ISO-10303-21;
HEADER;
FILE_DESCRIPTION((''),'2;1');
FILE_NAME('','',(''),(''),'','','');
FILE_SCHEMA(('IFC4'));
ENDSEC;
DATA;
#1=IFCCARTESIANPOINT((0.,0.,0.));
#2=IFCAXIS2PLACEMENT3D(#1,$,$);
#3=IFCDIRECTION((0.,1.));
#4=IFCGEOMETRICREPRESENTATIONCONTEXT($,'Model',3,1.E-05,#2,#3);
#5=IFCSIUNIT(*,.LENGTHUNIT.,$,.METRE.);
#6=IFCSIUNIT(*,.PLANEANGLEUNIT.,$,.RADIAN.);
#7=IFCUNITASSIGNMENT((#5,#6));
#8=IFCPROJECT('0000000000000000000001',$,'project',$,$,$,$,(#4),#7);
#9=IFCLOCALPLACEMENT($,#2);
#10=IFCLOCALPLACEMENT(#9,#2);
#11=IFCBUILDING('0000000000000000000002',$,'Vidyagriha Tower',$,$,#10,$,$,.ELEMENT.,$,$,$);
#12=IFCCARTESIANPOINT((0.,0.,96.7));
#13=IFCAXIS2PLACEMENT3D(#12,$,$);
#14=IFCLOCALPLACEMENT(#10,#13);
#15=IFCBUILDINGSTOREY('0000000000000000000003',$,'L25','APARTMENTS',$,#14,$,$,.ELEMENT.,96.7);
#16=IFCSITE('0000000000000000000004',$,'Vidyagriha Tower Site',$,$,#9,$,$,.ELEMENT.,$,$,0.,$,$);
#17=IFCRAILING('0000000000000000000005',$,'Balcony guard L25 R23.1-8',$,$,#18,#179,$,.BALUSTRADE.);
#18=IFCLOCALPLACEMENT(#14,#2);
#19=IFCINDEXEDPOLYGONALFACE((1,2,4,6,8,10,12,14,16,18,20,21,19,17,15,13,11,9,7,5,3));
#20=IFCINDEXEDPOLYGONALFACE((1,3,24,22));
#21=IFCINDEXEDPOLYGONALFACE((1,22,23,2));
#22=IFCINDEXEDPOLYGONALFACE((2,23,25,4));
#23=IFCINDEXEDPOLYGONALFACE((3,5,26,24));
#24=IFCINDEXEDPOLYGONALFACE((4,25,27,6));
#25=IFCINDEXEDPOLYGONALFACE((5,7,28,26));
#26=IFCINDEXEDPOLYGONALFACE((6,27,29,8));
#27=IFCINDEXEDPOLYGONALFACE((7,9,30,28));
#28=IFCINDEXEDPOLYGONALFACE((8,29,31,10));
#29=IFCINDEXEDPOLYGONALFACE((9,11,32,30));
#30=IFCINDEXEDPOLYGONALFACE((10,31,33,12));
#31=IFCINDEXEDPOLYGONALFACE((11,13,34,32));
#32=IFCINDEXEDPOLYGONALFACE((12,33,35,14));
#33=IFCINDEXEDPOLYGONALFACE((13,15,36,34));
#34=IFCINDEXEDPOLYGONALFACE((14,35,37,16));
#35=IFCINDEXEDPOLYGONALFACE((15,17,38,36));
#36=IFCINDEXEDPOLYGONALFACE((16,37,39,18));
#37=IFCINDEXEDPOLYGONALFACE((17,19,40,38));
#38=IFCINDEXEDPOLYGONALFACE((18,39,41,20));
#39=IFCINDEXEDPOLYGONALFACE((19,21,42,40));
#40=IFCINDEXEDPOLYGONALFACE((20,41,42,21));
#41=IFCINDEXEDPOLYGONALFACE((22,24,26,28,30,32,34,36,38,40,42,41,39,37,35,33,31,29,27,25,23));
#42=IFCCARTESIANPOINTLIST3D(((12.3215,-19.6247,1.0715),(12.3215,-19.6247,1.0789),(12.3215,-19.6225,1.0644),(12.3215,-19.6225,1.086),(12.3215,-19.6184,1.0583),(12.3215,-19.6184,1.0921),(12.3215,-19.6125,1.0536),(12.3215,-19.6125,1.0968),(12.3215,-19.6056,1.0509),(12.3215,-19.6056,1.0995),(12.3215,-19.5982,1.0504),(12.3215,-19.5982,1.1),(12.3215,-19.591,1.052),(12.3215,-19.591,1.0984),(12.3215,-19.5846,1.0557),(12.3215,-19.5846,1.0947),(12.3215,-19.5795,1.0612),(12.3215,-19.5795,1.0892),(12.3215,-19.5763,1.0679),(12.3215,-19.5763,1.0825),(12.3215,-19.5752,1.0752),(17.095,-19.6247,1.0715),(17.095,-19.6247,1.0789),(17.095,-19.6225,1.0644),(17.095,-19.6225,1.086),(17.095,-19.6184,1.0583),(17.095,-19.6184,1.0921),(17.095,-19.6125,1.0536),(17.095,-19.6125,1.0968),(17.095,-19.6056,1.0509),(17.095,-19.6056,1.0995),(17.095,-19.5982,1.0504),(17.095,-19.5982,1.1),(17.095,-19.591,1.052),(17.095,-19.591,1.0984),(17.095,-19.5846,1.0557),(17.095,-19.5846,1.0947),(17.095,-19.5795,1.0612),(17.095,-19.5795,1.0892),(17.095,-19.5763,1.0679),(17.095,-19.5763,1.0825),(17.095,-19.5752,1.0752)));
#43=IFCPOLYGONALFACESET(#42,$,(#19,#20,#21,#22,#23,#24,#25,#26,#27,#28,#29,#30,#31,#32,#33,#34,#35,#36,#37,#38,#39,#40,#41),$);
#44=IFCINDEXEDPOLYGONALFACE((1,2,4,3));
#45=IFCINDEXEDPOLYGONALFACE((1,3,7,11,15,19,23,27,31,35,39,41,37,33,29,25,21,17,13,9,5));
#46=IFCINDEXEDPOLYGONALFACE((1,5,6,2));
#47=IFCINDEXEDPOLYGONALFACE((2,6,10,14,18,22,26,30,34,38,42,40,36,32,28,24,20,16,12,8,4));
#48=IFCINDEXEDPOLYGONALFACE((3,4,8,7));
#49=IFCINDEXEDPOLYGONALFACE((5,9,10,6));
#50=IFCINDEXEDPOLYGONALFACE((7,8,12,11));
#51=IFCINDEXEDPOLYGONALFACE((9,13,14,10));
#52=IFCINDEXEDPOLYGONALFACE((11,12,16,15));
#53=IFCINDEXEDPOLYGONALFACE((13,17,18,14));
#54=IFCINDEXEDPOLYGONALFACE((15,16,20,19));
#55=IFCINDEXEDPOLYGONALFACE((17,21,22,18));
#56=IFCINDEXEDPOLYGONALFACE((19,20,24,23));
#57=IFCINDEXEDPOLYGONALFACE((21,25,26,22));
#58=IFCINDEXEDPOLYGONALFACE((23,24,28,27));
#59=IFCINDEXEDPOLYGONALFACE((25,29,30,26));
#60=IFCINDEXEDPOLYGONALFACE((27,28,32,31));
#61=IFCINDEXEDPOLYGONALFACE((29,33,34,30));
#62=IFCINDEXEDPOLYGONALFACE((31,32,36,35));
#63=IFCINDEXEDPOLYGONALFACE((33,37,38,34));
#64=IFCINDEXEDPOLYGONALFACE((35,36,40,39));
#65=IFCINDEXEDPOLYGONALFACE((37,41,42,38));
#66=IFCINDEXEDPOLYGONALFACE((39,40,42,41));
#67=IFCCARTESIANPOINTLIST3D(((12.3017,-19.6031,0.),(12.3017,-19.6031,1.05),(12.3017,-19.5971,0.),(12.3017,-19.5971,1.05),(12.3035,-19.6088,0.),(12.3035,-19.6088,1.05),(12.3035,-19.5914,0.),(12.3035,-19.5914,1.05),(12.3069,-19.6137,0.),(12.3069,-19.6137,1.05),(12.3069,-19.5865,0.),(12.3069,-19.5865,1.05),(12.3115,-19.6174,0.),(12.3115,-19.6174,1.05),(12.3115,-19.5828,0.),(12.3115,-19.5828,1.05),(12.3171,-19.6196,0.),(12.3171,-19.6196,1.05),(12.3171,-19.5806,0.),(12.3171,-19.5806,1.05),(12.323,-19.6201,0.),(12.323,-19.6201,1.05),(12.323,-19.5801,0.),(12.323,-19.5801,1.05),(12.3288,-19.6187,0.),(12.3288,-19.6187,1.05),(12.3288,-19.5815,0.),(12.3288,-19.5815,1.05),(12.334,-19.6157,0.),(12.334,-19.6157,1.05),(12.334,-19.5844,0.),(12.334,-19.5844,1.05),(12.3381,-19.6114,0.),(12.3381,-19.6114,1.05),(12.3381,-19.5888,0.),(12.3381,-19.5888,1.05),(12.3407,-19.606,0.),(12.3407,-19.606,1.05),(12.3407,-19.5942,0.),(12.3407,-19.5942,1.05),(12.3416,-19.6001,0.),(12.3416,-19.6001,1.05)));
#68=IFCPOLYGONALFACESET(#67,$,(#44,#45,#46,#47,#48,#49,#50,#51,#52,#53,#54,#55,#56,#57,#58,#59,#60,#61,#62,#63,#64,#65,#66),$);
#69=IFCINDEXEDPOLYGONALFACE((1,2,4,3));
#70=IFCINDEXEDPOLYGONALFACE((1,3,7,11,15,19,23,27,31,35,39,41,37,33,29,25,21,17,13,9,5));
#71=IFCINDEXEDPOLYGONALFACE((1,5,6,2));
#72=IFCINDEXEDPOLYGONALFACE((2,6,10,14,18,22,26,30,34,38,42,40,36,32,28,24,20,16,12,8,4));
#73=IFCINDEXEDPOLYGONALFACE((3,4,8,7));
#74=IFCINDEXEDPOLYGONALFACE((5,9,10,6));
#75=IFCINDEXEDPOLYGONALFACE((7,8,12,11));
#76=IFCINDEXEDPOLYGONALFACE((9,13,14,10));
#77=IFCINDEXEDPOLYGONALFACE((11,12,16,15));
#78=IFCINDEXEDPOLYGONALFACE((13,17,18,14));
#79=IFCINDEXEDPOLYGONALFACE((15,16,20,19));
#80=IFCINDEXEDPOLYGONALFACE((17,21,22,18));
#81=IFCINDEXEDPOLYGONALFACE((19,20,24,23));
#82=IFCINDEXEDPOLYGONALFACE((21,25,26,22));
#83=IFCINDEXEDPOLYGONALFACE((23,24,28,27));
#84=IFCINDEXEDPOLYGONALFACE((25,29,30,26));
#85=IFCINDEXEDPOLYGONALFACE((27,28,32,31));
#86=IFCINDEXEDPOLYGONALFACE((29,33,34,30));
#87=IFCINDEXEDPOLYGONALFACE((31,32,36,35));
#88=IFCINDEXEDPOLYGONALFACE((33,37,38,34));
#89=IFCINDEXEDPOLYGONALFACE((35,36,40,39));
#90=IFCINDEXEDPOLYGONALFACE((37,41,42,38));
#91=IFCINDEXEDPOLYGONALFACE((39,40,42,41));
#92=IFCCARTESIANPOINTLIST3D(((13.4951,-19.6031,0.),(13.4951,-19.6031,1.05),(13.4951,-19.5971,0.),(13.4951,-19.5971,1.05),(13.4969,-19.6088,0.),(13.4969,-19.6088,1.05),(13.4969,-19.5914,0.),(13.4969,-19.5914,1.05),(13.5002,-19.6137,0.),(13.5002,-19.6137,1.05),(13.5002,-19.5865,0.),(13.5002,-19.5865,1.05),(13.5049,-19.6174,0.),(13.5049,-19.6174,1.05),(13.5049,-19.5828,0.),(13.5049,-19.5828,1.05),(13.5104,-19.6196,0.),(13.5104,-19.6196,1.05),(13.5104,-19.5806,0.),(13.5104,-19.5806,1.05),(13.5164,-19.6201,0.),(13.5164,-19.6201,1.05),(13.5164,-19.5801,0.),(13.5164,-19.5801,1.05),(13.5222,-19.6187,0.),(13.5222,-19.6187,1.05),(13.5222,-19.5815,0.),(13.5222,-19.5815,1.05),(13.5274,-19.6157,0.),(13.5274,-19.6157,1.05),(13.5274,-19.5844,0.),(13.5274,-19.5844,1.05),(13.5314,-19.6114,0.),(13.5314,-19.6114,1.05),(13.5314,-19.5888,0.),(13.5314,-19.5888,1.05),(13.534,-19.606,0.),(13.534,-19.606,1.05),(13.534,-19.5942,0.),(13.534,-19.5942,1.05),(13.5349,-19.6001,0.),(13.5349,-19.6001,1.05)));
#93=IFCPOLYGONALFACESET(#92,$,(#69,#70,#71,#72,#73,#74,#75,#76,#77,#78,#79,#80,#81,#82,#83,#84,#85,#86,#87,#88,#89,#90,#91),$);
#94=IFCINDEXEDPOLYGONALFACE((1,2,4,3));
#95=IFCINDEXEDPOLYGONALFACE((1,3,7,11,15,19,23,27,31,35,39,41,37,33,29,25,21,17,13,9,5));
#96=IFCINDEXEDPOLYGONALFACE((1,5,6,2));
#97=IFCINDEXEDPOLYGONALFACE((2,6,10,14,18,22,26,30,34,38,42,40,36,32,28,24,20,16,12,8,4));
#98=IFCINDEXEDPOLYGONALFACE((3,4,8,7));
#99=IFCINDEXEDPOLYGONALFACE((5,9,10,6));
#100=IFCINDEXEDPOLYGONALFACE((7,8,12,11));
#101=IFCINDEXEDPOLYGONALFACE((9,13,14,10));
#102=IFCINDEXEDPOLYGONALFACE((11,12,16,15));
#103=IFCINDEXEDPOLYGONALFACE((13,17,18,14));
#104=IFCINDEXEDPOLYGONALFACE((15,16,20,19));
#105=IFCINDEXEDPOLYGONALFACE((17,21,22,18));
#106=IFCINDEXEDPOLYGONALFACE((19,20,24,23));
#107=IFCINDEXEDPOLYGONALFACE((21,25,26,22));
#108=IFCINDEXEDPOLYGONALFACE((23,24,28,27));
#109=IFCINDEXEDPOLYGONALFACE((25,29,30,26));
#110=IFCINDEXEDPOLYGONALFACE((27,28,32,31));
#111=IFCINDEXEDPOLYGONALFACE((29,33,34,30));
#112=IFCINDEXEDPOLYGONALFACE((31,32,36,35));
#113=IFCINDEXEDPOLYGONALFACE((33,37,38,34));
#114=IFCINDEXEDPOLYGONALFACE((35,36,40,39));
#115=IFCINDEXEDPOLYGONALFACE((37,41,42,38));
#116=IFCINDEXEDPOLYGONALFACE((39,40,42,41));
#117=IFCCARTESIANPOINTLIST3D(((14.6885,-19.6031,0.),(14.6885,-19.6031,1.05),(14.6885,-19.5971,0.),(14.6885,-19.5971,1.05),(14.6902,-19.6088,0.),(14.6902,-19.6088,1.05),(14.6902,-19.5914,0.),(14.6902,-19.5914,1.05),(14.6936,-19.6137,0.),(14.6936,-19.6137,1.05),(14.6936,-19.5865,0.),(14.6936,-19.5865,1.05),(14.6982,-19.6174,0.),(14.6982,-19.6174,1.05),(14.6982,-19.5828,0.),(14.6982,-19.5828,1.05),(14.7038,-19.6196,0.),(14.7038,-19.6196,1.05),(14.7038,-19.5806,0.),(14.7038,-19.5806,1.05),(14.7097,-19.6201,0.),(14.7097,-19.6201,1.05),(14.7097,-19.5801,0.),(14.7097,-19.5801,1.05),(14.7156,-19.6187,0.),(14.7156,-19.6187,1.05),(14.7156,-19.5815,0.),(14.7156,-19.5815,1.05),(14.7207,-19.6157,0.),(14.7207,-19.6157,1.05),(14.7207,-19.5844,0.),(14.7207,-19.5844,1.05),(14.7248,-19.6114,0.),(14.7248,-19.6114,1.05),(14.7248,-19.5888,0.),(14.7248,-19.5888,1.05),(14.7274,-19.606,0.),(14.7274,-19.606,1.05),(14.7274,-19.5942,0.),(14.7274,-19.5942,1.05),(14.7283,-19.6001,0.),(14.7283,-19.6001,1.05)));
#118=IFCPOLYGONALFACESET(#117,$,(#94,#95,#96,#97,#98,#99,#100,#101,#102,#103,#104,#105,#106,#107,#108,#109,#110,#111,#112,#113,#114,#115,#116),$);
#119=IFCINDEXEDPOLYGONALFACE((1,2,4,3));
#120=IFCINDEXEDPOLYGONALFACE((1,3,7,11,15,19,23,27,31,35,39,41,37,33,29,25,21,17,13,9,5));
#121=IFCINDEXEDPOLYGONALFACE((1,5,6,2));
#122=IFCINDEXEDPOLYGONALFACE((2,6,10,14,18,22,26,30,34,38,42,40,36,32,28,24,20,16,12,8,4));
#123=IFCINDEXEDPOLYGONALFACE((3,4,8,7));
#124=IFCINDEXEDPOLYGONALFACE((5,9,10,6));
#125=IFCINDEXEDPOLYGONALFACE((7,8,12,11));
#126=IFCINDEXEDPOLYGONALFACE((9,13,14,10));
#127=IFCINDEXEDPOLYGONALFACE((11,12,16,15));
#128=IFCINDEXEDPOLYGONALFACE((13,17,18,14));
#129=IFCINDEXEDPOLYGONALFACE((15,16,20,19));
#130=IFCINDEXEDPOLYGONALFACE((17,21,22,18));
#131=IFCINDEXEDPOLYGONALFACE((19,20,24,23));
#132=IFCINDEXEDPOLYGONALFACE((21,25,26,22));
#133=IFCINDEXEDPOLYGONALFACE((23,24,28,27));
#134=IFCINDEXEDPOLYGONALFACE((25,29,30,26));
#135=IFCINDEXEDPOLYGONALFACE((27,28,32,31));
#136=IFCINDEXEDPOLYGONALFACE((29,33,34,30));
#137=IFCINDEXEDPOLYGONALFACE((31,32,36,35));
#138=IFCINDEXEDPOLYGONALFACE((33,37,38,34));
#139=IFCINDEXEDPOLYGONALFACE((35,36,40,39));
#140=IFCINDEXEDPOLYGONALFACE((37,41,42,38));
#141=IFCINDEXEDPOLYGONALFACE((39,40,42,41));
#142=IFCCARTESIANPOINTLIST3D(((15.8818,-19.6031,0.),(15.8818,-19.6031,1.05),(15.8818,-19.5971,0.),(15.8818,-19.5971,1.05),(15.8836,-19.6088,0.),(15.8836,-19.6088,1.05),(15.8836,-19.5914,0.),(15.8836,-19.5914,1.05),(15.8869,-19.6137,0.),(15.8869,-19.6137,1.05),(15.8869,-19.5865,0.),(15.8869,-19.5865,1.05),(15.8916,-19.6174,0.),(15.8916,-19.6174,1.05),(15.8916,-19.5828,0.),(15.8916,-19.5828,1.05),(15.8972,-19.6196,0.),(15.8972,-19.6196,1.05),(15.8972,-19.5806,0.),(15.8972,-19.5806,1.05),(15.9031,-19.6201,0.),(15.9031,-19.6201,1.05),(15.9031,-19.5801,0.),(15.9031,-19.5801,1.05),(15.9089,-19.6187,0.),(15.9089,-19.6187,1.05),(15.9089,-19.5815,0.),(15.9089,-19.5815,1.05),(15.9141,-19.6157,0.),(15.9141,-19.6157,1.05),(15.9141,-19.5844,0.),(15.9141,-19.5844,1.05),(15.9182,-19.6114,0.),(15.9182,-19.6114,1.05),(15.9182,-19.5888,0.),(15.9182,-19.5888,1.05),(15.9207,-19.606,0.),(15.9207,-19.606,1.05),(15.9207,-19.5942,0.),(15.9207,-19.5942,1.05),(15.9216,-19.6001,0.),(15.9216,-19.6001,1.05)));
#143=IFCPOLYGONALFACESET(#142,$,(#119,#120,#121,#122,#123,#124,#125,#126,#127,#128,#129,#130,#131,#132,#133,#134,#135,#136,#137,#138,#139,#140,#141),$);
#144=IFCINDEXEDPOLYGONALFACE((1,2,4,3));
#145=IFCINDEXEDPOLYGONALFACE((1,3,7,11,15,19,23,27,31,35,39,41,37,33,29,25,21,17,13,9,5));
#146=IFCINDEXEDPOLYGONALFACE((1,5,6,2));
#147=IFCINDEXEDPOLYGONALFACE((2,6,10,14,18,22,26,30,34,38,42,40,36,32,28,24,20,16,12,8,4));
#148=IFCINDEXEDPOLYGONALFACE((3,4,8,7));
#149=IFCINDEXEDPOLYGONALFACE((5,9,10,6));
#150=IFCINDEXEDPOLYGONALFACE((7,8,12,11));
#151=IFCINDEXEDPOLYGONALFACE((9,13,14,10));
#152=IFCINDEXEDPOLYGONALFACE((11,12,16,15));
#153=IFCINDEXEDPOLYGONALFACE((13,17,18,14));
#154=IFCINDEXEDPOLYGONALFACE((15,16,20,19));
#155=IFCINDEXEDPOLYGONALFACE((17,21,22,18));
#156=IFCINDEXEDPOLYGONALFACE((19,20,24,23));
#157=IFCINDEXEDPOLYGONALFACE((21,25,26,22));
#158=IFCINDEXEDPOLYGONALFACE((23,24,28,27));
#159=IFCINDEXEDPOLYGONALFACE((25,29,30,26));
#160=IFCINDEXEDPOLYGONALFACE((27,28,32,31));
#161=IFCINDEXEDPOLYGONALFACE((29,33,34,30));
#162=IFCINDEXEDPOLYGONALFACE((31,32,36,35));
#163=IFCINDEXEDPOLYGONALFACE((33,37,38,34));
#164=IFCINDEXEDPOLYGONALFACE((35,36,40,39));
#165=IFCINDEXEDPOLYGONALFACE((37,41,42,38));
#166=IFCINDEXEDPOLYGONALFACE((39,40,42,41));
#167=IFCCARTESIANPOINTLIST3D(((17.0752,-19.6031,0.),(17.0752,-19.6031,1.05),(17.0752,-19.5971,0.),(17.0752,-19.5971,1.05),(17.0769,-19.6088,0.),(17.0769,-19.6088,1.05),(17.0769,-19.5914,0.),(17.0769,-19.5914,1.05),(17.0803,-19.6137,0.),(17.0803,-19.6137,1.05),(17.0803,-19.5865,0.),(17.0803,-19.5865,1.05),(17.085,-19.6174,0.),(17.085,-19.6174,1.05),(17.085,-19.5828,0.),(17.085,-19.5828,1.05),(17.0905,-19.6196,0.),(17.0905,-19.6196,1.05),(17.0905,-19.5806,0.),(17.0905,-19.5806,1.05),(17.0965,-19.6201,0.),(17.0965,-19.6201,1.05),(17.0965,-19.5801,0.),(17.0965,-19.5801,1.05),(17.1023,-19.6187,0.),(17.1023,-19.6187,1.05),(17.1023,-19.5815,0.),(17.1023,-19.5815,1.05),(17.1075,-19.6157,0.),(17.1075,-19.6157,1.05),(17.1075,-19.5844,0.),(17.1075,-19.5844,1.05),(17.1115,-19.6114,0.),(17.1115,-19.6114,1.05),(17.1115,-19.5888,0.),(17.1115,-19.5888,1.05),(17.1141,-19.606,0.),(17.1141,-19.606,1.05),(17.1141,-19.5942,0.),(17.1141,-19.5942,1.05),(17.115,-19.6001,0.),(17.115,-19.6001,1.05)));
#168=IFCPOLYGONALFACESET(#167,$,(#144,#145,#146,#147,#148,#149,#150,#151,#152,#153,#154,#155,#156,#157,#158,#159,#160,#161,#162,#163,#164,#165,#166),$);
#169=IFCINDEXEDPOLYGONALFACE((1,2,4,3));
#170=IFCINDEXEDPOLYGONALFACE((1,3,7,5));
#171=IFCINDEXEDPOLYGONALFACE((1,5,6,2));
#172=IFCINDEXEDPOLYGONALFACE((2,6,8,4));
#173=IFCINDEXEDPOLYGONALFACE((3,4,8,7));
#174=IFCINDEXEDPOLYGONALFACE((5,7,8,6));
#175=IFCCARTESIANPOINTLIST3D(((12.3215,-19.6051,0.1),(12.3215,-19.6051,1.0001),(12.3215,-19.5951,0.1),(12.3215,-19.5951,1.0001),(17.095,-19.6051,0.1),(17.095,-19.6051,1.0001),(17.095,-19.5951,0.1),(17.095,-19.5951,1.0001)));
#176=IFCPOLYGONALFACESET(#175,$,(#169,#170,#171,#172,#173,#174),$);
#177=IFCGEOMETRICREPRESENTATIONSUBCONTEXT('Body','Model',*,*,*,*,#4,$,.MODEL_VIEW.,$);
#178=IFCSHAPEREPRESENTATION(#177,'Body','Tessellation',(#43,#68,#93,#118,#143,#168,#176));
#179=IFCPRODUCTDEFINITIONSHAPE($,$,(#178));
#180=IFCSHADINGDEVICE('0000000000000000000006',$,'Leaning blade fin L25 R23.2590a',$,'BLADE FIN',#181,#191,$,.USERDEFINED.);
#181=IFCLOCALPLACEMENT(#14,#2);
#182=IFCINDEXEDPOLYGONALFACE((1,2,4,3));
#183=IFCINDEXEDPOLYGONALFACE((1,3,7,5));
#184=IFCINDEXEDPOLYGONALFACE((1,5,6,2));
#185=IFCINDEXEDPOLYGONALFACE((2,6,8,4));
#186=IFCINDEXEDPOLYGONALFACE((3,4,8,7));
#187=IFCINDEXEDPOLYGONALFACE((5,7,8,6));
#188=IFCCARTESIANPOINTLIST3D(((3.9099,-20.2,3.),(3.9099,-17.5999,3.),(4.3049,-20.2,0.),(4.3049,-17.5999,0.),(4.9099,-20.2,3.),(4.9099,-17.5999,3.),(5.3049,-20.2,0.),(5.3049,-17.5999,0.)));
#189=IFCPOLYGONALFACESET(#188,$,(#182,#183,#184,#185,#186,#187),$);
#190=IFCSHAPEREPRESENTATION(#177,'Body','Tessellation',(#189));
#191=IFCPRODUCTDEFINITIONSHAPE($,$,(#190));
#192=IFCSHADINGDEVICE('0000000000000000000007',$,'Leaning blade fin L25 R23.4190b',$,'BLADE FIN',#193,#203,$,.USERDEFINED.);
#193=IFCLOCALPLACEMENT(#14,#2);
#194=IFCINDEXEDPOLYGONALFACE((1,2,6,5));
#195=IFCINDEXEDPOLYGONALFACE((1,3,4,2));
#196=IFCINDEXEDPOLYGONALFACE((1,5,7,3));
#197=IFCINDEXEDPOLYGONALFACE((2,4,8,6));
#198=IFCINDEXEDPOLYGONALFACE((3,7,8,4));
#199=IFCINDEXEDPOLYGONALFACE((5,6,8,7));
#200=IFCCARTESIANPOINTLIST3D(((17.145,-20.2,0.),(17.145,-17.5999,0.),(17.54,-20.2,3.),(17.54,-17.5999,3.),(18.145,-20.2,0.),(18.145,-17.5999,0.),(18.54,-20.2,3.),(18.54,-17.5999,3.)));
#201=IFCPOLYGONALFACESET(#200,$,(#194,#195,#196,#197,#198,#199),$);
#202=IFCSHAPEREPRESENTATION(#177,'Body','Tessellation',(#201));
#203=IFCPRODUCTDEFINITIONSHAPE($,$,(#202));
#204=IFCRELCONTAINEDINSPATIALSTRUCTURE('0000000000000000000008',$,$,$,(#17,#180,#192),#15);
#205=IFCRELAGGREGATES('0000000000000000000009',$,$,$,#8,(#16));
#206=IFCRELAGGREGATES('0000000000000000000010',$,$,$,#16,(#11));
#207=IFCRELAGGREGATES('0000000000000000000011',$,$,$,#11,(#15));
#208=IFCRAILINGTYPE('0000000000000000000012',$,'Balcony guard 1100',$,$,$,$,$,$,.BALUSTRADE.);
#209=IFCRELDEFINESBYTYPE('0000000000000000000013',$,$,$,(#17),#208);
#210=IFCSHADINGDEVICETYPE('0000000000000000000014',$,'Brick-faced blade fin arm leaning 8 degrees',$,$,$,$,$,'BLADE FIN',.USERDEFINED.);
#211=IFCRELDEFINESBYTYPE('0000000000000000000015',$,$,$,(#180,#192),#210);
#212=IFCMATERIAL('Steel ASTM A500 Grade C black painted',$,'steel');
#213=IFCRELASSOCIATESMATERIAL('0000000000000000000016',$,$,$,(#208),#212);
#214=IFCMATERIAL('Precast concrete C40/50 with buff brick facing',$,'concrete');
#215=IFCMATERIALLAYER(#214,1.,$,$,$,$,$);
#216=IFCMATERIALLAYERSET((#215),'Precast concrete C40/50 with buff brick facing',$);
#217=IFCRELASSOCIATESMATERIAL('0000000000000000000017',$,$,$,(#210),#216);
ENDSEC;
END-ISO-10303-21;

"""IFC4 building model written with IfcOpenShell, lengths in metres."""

from ifc_helpers import new_model, si_unit, direction, frame, origin, origin_2d, place, context, subcontext, project, spatial, polyline, rectangle, circle, outline, extrude, material, layer, layer_set, type_object, element, save


model = new_model("IFC4")

# Units and contexts
model_context = context("Model", 3, precision=1e-05, world=origin(), true_north=direction((0.0, 1.0)))
body_context = subcontext(model_context, "Body", "Model", "MODEL_VIEW")
ifc_project = project(units=[si_unit("LENGTHUNIT", "METRE"), si_unit("PLANEANGLEUNIT", "RADIAN")], contexts=[model_context])

# Site, building, storey
site_placement = place(None, origin())
site = spatial("IfcSite", under=ifc_project, at=site_placement, Name="Vidyagriha Tower Site", CompositionType="ELEMENT", RefElevation=0.0)
building_placement = place(site_placement, origin())
building = spatial("IfcBuilding", under=site, at=building_placement, Name="Vidyagriha Tower", CompositionType="ELEMENT")
storey_placement = place(building_placement, frame((0.0, 0.0, 96.7)))
storey = spatial("IfcBuildingStorey", under=building, at=storey_placement, Name="L25", Description="APARTMENTS", CompositionType="ELEMENT", Elevation=96.7)

# Railing
ifc_material_1 = material(Name="Steel ASTM A500 Grade C black painted", Category="steel")
railing_type = type_object("IfcRailingType", Name="Balcony guard 1100", PredefinedType="BALUSTRADE", material=ifc_material_1)
railing_1_placement = place(storey_placement, frame((12.3215, -19.6001, 0.0)))
element("IfcRailing", 1, at=railing_1_placement, inside=storey, type_object=railing_type, Name="Balcony guard L25 R23.1-8", PredefinedType="BALUSTRADE", context=body_context, shape_type="SweptSolid", body=[
    extrude(circle(Radius=0.0249, at=origin_2d()), frame((0.0, 0.0, 1.0752), z_axis=(1.0, 0.0, 0.0), x_axis=(0.0, 1.0, 0.0)), (0.0, 0.0, 1.0), 4.7734),
    extrude(circle(Radius=0.02, at=origin_2d()), origin(), (0.0, 0.0, 1.0), 1.05),
    extrude(circle(Radius=0.02, at=origin_2d()), frame((1.1934, 0.0, 0.0)), (0.0, 0.0, 1.0), 1.05),
    extrude(circle(Radius=0.02, at=origin_2d()), frame((2.3867, 0.0, 0.0)), (0.0, 0.0, 1.0), 1.05),
    extrude(circle(Radius=0.02, at=origin_2d()), frame((3.5801, 0.0, 0.0)), (0.0, 0.0, 1.0), 1.05),
    extrude(circle(Radius=0.02, at=origin_2d()), frame((4.7734, 0.0, 0.0)), (0.0, 0.0, 1.0), 1.05),
    extrude(rectangle(XDim=0.01, YDim=0.9001, at=origin_2d()), frame((0.0, 0.0, 0.55), z_axis=(1.0, 0.0, 0.0), x_axis=(0.0, 1.0, 0.0)), (0.0, 0.0, 1.0), 4.7734),
])

# Shading devices
ifc_material_2 = material(Name="Precast concrete C40/50 with buff brick facing", Category="concrete")
ifc_layer_1 = layer(ifc_material_2, 1.0)
ifc_layer_set_1 = layer_set([ifc_layer_1], Name="Precast concrete C40/50 with buff brick facing")
shading_device_type_1 = type_object("IfcShadingDeviceType", Name="Brick-faced blade fin arm leaning 8 degrees", ElementType="BLADE FIN", PredefinedType="USERDEFINED", material=ifc_layer_set_1)
shading_device_1_placement = place(storey_placement, frame((3.9099, -18.8999, 0.0)))
element("IfcShadingDevice", 2, at=shading_device_1_placement, inside=storey, type_object=shading_device_type_1, Name="Leaning blade fin L25 R23.2590a", ObjectType="BLADE FIN", PredefinedType="USERDEFINED", context=body_context, shape_type="SweptSolid", body=[
    extrude(outline(polyline([(0.395, 0.0), (1.395, 0.0), (1.0, 3.0), (0.0, 3.0), (0.395, 0.0)])), frame((0.0, 1.3, 0.0), z_axis=(0.0, -1.0, 0.0), x_axis=(1.0, 0.0, 0.0)), (0.0, 0.0, 1.0), 2.6001),
])
shading_device_2_placement = place(storey_placement, frame((17.145, -18.8999, 0.0)))
element("IfcShadingDevice", 3, at=shading_device_2_placement, inside=storey, type_object=shading_device_type_1, Name="Leaning blade fin L25 R23.4190b", ObjectType="BLADE FIN", PredefinedType="USERDEFINED", context=body_context, shape_type="SweptSolid", body=[
    extrude(outline(polyline([(0.0, 0.0), (1.0, 0.0), (1.395, 3.0), (0.395, 3.0), (0.0, 0.0)])), frame((0.0, 1.3, 0.0), z_axis=(0.0, -1.0, 0.0), x_axis=(1.0, 0.0, 0.0)), (0.0, 0.0, 1.0), 2.6001),
])

save(model, "model.ifc")
